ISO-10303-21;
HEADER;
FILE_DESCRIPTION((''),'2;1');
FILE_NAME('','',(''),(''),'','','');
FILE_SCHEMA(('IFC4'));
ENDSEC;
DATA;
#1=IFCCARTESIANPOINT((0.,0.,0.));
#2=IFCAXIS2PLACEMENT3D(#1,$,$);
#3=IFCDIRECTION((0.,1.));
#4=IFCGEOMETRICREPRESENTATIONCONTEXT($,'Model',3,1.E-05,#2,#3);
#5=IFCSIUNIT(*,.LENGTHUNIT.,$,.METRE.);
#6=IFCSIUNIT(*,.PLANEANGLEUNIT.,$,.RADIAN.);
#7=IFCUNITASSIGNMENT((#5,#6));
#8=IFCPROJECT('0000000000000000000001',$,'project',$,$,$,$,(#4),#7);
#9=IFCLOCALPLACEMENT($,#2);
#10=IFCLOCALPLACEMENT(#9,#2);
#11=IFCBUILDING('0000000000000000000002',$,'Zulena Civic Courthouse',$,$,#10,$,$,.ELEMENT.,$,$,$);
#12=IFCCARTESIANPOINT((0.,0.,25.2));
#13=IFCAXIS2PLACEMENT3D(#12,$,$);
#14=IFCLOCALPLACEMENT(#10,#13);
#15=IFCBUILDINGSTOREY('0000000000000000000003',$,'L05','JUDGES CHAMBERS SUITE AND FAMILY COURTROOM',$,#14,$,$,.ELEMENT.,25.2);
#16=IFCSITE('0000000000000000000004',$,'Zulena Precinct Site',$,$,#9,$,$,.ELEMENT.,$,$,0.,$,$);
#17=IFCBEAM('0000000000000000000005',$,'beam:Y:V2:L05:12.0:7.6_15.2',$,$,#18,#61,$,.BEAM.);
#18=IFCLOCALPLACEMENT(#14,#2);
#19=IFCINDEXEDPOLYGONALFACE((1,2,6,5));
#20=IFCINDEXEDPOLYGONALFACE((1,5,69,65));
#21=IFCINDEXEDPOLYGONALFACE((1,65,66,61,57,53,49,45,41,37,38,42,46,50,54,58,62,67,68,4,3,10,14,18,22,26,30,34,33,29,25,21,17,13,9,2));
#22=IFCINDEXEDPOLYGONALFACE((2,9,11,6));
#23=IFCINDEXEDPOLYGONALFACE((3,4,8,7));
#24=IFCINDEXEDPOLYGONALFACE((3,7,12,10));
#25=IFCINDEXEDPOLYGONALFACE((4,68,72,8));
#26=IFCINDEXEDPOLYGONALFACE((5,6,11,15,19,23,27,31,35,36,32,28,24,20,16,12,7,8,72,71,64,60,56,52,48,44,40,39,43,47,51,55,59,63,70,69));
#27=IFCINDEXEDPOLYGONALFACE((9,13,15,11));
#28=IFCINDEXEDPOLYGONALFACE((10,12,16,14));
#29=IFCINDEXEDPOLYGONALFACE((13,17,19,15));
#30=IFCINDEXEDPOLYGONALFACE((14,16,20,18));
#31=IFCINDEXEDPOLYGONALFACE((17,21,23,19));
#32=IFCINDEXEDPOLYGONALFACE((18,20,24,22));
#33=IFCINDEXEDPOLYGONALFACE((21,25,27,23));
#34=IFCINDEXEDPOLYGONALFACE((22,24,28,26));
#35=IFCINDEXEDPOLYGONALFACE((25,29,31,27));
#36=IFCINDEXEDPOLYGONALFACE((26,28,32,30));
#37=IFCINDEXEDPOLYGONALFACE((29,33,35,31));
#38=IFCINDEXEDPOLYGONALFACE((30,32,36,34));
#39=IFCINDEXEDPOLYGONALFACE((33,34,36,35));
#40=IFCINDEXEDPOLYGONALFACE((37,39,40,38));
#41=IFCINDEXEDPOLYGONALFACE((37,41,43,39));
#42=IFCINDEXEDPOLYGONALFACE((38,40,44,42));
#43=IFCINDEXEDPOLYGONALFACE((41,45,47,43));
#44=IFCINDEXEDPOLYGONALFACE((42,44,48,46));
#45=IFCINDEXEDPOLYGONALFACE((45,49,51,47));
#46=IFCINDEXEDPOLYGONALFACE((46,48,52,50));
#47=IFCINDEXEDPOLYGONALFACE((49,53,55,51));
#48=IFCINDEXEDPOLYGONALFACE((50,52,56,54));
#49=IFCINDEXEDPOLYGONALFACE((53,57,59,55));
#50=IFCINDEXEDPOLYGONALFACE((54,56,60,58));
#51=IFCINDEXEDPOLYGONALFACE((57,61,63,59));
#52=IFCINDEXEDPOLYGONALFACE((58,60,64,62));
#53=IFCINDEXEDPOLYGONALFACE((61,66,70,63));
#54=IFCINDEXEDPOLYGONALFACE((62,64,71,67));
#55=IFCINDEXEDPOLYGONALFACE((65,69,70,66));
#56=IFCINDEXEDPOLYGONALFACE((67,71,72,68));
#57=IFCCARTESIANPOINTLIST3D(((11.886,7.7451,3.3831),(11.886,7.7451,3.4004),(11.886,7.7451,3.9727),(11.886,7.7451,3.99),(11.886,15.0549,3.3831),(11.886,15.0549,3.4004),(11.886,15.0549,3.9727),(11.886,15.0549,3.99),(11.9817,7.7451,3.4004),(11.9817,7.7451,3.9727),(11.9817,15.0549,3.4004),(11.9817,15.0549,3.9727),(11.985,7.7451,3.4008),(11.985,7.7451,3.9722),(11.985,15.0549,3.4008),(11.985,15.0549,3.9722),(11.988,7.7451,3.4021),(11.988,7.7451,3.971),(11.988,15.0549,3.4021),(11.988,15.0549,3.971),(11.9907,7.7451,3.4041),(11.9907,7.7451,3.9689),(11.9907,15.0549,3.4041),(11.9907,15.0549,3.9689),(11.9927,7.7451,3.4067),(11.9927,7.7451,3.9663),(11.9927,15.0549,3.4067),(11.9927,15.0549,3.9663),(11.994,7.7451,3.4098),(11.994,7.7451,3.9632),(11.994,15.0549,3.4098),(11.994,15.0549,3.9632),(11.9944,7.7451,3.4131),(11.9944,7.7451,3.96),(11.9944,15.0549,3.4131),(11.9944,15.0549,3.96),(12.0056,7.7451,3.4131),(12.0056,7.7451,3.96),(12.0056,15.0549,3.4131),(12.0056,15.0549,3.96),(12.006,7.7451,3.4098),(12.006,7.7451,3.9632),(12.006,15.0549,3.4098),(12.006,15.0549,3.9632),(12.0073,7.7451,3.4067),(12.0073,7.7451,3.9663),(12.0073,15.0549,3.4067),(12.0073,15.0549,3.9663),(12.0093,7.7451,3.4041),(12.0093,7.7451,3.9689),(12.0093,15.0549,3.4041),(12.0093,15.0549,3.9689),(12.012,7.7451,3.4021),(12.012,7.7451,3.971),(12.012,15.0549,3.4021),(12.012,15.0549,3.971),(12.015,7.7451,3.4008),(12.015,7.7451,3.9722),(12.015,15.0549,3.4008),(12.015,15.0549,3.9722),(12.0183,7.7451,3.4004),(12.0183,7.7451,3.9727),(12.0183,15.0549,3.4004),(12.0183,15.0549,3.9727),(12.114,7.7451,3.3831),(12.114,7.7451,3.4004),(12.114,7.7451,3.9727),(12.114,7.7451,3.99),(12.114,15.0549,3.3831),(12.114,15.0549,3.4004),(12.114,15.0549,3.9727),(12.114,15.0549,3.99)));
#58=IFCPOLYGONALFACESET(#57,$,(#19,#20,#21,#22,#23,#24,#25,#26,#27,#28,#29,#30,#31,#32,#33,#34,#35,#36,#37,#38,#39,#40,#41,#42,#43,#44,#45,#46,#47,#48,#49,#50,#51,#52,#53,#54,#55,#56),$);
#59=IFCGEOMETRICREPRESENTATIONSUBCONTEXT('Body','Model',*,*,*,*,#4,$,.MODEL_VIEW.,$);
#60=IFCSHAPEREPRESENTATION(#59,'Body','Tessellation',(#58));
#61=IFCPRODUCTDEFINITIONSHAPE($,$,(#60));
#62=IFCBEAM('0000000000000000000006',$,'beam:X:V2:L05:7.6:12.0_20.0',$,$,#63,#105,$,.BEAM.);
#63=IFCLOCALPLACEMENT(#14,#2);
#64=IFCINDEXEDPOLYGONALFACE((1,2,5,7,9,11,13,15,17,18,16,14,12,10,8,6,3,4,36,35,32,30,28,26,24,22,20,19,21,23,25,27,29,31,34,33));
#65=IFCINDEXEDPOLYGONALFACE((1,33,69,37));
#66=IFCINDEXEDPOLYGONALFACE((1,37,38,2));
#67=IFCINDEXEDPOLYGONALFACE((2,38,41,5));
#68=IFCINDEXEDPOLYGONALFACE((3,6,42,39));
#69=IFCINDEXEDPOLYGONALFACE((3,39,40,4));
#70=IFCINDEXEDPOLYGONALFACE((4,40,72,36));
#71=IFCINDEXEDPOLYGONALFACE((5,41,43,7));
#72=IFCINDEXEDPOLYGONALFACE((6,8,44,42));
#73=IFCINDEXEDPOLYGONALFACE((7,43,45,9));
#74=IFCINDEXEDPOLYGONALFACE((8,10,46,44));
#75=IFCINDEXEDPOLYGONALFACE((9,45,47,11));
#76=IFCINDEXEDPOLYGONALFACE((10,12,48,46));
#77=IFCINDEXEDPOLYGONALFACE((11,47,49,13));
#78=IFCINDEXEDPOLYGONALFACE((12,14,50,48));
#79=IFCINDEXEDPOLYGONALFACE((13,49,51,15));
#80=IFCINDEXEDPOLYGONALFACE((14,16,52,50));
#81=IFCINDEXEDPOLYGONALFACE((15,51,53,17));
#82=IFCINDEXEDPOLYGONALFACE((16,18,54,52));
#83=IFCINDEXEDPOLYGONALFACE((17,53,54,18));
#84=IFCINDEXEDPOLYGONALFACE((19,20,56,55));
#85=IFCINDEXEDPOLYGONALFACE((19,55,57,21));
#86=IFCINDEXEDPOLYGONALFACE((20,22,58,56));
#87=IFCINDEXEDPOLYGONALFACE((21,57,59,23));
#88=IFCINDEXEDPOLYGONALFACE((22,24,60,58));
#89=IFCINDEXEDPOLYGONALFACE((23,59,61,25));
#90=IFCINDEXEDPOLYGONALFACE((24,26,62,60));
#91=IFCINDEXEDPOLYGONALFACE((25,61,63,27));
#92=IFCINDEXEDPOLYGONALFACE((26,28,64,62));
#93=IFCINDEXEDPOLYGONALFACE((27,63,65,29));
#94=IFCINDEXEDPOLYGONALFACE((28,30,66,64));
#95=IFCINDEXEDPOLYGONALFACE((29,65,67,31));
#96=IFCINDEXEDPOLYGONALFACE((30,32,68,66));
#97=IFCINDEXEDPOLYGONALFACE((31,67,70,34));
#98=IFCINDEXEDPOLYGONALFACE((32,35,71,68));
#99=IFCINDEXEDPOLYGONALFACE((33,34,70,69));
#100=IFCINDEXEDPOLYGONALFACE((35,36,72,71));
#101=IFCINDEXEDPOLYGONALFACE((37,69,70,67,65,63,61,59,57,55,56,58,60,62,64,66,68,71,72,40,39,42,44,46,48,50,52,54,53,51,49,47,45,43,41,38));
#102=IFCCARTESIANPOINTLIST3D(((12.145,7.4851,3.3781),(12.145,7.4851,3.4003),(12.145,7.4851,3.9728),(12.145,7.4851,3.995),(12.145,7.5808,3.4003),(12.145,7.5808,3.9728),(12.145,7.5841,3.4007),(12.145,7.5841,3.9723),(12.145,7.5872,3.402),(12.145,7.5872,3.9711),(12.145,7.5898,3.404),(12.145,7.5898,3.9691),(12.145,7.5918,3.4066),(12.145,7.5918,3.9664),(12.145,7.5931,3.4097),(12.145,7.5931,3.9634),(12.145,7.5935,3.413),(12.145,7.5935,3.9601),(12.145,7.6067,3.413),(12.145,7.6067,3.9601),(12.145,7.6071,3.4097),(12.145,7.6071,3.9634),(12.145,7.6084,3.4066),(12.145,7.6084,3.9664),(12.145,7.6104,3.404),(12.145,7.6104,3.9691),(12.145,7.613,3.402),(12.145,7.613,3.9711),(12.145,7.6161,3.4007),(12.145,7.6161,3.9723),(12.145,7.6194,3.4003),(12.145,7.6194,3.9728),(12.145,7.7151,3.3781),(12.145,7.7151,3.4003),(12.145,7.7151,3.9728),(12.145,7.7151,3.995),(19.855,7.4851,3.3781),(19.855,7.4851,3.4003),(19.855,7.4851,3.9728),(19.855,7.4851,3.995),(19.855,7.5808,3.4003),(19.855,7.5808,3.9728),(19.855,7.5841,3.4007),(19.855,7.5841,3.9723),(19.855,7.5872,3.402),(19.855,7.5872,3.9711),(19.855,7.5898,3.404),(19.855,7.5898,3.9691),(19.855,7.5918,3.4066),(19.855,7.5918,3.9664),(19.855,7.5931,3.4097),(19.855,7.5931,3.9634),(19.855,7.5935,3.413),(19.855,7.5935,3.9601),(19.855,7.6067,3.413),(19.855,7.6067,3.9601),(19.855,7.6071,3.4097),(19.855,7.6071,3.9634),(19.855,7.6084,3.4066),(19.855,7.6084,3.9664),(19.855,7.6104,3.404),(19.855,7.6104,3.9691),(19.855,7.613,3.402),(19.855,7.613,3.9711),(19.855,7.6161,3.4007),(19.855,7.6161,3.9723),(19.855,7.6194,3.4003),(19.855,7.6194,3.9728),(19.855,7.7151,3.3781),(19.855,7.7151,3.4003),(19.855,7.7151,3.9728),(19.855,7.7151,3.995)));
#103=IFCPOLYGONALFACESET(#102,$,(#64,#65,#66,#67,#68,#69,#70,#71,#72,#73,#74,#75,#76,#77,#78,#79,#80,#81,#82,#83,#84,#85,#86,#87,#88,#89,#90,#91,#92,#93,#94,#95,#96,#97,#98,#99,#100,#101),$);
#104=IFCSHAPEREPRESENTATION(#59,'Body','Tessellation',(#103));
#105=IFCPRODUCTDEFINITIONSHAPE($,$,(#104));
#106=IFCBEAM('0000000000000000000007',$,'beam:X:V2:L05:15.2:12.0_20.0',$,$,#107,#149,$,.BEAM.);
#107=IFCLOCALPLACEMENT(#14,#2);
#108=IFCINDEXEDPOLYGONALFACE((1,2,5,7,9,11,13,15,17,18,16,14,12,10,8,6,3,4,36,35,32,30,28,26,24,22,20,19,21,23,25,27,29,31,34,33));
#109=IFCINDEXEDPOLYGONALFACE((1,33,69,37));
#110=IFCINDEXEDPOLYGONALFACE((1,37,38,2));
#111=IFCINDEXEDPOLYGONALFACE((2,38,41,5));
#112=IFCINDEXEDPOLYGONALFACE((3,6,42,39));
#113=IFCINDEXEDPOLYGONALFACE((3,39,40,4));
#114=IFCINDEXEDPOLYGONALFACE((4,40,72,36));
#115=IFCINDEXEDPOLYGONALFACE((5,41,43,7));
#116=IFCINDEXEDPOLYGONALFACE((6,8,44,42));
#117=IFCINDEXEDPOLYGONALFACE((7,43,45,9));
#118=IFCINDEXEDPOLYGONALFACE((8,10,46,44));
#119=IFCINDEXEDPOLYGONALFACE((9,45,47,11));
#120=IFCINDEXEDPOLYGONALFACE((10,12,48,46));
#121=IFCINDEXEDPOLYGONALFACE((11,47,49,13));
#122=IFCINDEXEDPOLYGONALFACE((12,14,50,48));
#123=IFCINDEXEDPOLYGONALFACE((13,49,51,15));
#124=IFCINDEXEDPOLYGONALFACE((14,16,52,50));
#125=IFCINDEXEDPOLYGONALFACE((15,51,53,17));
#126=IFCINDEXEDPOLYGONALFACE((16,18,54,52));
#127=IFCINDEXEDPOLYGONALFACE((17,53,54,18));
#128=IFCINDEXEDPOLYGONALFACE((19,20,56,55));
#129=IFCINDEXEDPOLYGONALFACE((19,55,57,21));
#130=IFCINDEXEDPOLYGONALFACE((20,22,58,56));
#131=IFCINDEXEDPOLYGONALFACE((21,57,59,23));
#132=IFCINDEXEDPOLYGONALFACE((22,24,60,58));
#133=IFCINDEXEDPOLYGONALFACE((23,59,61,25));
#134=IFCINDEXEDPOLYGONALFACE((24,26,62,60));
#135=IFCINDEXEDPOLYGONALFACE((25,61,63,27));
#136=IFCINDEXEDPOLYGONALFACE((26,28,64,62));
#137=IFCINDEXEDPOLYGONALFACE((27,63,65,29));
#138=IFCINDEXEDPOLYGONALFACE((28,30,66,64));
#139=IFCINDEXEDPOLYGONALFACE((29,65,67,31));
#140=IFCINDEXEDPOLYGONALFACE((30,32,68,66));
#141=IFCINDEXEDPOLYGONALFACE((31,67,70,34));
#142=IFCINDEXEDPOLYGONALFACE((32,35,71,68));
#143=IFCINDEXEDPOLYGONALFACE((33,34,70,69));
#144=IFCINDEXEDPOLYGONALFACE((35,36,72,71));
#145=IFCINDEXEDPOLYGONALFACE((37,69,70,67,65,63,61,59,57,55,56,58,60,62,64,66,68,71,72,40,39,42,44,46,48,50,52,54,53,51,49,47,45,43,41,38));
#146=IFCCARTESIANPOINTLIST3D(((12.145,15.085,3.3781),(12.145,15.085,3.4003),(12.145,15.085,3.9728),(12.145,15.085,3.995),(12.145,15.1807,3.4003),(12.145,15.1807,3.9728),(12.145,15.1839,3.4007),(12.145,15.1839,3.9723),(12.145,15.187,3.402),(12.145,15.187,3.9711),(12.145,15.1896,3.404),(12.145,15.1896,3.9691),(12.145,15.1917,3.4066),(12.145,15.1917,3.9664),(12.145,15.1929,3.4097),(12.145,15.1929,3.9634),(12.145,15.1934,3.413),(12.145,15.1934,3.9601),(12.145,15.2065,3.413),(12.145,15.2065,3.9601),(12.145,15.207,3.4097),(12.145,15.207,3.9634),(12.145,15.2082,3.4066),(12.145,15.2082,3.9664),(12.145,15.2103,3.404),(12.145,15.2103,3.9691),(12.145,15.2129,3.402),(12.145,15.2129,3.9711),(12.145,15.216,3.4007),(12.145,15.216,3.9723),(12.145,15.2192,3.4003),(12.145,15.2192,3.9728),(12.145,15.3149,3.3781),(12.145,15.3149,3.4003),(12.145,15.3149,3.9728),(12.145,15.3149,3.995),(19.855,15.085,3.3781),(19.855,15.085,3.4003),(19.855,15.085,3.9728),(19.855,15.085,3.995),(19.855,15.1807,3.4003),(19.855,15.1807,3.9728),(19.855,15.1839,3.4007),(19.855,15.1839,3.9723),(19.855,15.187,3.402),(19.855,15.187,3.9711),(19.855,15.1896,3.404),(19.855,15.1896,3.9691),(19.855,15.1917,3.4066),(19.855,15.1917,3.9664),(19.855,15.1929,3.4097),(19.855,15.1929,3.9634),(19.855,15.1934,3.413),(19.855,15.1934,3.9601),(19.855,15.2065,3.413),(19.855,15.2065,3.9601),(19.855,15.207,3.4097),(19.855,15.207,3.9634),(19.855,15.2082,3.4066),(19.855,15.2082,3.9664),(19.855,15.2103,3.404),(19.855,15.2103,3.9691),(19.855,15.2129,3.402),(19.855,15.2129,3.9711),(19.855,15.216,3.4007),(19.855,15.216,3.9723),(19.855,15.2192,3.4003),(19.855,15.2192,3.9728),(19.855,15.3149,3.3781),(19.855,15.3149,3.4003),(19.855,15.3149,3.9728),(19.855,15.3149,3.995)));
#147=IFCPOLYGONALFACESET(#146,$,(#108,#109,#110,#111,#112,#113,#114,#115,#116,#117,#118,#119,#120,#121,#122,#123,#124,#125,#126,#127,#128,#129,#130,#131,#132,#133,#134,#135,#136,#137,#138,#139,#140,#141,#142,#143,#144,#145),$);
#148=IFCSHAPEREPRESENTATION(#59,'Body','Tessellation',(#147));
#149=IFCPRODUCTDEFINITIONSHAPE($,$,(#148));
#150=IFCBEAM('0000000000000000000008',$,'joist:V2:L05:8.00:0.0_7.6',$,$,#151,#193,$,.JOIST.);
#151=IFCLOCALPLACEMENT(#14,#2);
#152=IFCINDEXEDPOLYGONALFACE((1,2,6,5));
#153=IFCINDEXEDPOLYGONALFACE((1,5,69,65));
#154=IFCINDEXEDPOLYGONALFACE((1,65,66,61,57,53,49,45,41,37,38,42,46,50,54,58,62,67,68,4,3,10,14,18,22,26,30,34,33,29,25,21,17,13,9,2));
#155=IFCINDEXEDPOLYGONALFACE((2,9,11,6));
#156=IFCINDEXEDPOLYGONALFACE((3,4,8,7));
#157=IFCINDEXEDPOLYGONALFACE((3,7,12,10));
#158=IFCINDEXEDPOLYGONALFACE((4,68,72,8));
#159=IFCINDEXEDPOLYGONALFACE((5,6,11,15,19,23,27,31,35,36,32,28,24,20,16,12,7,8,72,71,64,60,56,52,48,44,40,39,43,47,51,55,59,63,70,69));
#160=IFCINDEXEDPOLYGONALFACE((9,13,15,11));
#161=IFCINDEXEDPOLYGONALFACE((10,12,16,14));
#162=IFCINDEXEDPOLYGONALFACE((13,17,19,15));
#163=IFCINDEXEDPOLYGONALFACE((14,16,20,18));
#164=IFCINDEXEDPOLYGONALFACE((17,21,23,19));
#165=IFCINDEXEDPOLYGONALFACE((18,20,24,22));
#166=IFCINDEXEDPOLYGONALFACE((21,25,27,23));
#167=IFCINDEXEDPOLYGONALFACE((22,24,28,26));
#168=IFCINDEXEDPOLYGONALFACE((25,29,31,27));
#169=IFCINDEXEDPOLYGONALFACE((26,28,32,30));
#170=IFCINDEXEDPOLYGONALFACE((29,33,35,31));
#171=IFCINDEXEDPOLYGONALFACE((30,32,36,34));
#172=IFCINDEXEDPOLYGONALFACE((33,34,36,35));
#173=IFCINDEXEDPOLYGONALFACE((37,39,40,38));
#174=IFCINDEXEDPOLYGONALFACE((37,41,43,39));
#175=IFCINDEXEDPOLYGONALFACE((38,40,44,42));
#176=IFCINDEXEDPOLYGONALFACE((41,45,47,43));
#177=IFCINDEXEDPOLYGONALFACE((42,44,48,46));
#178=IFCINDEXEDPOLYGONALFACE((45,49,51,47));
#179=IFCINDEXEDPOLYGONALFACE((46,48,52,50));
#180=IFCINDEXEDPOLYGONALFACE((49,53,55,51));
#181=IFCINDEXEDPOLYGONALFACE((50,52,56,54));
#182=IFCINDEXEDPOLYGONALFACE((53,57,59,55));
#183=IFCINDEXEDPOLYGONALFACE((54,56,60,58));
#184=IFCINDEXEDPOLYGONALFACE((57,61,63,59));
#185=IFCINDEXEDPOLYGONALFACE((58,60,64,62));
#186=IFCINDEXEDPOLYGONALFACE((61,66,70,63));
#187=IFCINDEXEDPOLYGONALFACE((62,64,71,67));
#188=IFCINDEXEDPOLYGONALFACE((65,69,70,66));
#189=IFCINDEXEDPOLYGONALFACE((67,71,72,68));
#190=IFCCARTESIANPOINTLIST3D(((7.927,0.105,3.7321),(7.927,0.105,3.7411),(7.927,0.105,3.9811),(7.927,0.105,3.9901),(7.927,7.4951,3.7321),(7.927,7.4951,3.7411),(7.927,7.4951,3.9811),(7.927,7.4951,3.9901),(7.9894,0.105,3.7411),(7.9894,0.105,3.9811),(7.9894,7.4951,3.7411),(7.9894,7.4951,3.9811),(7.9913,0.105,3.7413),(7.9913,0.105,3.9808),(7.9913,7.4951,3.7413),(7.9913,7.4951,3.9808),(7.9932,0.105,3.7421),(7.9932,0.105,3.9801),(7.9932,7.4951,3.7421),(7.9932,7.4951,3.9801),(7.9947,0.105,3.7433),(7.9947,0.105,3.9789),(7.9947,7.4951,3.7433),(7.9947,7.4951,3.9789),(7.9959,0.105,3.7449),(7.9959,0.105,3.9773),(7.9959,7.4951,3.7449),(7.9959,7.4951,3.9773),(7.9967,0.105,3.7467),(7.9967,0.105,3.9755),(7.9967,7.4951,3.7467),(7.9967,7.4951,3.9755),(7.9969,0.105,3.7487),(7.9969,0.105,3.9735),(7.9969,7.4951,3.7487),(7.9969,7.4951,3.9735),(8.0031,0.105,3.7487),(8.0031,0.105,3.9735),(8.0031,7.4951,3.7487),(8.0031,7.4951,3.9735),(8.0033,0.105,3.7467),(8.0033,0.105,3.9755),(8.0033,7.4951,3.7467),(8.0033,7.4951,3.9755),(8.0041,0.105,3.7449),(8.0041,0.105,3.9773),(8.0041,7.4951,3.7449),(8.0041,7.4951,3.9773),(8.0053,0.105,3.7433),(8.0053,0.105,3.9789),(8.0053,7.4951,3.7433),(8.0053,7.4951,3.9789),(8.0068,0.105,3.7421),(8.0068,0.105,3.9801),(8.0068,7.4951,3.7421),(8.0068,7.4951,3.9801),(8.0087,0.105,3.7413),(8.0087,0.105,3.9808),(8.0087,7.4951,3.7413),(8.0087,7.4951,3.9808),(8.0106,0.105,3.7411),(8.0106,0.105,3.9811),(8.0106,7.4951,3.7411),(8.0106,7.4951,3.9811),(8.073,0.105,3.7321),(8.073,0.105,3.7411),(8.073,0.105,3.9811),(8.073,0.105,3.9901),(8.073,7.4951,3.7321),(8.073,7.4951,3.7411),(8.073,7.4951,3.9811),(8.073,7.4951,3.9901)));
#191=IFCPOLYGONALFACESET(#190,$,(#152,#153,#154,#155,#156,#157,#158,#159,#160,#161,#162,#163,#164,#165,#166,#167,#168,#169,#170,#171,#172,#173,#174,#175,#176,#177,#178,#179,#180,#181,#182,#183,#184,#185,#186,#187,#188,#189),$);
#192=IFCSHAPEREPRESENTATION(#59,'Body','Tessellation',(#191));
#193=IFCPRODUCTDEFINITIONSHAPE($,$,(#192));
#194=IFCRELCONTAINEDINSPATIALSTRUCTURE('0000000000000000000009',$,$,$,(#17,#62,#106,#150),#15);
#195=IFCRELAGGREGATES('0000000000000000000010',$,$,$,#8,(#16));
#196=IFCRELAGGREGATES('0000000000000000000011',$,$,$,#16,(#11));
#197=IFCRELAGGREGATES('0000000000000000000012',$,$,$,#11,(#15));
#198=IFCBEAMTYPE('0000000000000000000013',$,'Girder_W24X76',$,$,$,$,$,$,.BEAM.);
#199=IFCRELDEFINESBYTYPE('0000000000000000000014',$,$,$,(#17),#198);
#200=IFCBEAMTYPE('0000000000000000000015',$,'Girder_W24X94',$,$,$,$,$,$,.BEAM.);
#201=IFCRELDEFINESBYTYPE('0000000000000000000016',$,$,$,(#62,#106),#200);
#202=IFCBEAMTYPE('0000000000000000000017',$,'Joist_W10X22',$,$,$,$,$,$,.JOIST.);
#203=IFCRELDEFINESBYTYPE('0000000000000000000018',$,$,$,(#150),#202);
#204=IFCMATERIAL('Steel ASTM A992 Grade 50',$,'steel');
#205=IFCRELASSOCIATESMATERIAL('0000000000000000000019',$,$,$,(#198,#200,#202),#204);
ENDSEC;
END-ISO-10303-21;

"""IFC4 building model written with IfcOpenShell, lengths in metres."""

from ifc_helpers import new_model, si_unit, direction, frame, origin, origin_2d, place, context, subcontext, project, spatial, i_section, extrude, material, material_profile, profile_set, type_object, element, save


model = new_model("IFC4")

# Units and contexts
model_context = context("Model", 3, precision=1e-05, world=origin(), true_north=direction((0.0, 1.0)))
body_context = subcontext(model_context, "Body", "Model", "MODEL_VIEW")
ifc_project = project(units=[si_unit("LENGTHUNIT", "METRE"), si_unit("PLANEANGLEUNIT", "RADIAN")], contexts=[model_context])

# Site, building, storey
site_placement = place(None, origin())
site = spatial("IfcSite", under=ifc_project, at=site_placement, Name="Zulena Precinct Site", CompositionType="ELEMENT", RefElevation=0.0)
building_placement = place(site_placement, origin())
building = spatial("IfcBuilding", under=site, at=building_placement, Name="Zulena Civic Courthouse", CompositionType="ELEMENT")
storey_placement = place(building_placement, frame((0.0, 0.0, 25.2)))
storey = spatial("IfcBuildingStorey", under=building, at=storey_placement, Name="L05", Description="JUDGES CHAMBERS SUITE AND FAMILY COURTROOM", CompositionType="ELEMENT", Elevation=25.2)

# Shared definitions
ifc_material_1 = material(Name="Steel ASTM A992 Grade 50", Category="steel")

# Beams
ifc_material_profile_1 = material_profile(ifc_material_1, i_section(OverallWidth=0.228, OverallDepth=0.6069, WebThickness=0.0112, FlangeThickness=0.0173, FilletRadius=0.0127, at=origin_2d()), Name="W24X76")
ifc_profile_set_1 = profile_set([ifc_material_profile_1], Name="Steel ASTM A992 Grade 50")
beam_type_1 = type_object("IfcBeamType", Name="Girder_W24X76", PredefinedType="BEAM", material=ifc_profile_set_1)
beam_1_placement = place(storey_placement, frame((12.0, 7.7451, 3.6865), z_axis=(0.0, 1.0, 0.0), x_axis=(-1.0, 0.0, 0.0)))
element("IfcBeam", 1, at=beam_1_placement, inside=storey, type_object=beam_type_1, Name="beam:Y:V2:L05:12.0:7.6_15.2", PredefinedType="BEAM", context=body_context, shape_type="SweptSolid", body=[
    extrude(i_section(OverallWidth=0.228, OverallDepth=0.6069, WebThickness=0.0112, FlangeThickness=0.0173, FilletRadius=0.0127, at=origin_2d()), origin(), (0.0, 0.0, 1.0), 7.3098),
])
ifc_material_profile_2 = material_profile(ifc_material_1, i_section(OverallWidth=0.23, OverallDepth=0.6169, WebThickness=0.0132, FlangeThickness=0.0222, FilletRadius=0.0127, at=origin_2d()), Name="W24X94")
ifc_profile_set_2 = profile_set([ifc_material_profile_2], Name="Steel ASTM A992 Grade 50")
beam_type_2 = type_object("IfcBeamType", Name="Girder_W24X94", PredefinedType="BEAM", material=ifc_profile_set_2)
for number, where, z_axis, x_axis, name in (
    (2, (12.145, 7.6001, 3.6865), (1.0, 0.0, 0.0), (0.0, 1.0, 0.0), "beam:X:V2:L05:7.6:12.0_20.0"),
    (3, (12.145, 15.2, 3.6865), (1.0, 0.0, 0.0), (0.0, 1.0, 0.0), "beam:X:V2:L05:15.2:12.0_20.0"),
):
    element("IfcBeam", number, at=place(storey_placement, frame(where, z_axis=z_axis, x_axis=x_axis)), inside=storey, type_object=beam_type_2, Name=name, PredefinedType="BEAM", context=body_context, shape_type="SweptSolid", body=[
        extrude(i_section(OverallWidth=0.23, OverallDepth=0.6169, WebThickness=0.0132, FlangeThickness=0.0222, FilletRadius=0.0127, at=origin_2d()), origin(), (0.0, 0.0, 1.0), 7.71),
    ])
ifc_material_profile_3 = material_profile(ifc_material_1, i_section(OverallWidth=0.146, OverallDepth=0.2581, WebThickness=0.0061, FlangeThickness=0.009, FilletRadius=0.0076, at=origin_2d()), Name="W10X22")
ifc_profile_set_3 = profile_set([ifc_material_profile_3], Name="Steel ASTM A992 Grade 50")
beam_type_3 = type_object("IfcBeamType", Name="Joist_W10X22", PredefinedType="JOIST", material=ifc_profile_set_3)
beam_2_placement = place(storey_placement, frame((8.0, 0.105, 3.8611), z_axis=(0.0, 1.0, 0.0), x_axis=(-1.0, 0.0, 0.0)))
element("IfcBeam", 4, at=beam_2_placement, inside=storey, type_object=beam_type_3, Name="joist:V2:L05:8.00:0.0_7.6", PredefinedType="JOIST", context=body_context, shape_type="SweptSolid", body=[
    extrude(i_section(OverallWidth=0.146, OverallDepth=0.2581, WebThickness=0.0061, FlangeThickness=0.009, FilletRadius=0.0076, at=origin_2d()), origin(), (0.0, 0.0, 1.0), 7.3901),
])

save(model, "model.ifc")
